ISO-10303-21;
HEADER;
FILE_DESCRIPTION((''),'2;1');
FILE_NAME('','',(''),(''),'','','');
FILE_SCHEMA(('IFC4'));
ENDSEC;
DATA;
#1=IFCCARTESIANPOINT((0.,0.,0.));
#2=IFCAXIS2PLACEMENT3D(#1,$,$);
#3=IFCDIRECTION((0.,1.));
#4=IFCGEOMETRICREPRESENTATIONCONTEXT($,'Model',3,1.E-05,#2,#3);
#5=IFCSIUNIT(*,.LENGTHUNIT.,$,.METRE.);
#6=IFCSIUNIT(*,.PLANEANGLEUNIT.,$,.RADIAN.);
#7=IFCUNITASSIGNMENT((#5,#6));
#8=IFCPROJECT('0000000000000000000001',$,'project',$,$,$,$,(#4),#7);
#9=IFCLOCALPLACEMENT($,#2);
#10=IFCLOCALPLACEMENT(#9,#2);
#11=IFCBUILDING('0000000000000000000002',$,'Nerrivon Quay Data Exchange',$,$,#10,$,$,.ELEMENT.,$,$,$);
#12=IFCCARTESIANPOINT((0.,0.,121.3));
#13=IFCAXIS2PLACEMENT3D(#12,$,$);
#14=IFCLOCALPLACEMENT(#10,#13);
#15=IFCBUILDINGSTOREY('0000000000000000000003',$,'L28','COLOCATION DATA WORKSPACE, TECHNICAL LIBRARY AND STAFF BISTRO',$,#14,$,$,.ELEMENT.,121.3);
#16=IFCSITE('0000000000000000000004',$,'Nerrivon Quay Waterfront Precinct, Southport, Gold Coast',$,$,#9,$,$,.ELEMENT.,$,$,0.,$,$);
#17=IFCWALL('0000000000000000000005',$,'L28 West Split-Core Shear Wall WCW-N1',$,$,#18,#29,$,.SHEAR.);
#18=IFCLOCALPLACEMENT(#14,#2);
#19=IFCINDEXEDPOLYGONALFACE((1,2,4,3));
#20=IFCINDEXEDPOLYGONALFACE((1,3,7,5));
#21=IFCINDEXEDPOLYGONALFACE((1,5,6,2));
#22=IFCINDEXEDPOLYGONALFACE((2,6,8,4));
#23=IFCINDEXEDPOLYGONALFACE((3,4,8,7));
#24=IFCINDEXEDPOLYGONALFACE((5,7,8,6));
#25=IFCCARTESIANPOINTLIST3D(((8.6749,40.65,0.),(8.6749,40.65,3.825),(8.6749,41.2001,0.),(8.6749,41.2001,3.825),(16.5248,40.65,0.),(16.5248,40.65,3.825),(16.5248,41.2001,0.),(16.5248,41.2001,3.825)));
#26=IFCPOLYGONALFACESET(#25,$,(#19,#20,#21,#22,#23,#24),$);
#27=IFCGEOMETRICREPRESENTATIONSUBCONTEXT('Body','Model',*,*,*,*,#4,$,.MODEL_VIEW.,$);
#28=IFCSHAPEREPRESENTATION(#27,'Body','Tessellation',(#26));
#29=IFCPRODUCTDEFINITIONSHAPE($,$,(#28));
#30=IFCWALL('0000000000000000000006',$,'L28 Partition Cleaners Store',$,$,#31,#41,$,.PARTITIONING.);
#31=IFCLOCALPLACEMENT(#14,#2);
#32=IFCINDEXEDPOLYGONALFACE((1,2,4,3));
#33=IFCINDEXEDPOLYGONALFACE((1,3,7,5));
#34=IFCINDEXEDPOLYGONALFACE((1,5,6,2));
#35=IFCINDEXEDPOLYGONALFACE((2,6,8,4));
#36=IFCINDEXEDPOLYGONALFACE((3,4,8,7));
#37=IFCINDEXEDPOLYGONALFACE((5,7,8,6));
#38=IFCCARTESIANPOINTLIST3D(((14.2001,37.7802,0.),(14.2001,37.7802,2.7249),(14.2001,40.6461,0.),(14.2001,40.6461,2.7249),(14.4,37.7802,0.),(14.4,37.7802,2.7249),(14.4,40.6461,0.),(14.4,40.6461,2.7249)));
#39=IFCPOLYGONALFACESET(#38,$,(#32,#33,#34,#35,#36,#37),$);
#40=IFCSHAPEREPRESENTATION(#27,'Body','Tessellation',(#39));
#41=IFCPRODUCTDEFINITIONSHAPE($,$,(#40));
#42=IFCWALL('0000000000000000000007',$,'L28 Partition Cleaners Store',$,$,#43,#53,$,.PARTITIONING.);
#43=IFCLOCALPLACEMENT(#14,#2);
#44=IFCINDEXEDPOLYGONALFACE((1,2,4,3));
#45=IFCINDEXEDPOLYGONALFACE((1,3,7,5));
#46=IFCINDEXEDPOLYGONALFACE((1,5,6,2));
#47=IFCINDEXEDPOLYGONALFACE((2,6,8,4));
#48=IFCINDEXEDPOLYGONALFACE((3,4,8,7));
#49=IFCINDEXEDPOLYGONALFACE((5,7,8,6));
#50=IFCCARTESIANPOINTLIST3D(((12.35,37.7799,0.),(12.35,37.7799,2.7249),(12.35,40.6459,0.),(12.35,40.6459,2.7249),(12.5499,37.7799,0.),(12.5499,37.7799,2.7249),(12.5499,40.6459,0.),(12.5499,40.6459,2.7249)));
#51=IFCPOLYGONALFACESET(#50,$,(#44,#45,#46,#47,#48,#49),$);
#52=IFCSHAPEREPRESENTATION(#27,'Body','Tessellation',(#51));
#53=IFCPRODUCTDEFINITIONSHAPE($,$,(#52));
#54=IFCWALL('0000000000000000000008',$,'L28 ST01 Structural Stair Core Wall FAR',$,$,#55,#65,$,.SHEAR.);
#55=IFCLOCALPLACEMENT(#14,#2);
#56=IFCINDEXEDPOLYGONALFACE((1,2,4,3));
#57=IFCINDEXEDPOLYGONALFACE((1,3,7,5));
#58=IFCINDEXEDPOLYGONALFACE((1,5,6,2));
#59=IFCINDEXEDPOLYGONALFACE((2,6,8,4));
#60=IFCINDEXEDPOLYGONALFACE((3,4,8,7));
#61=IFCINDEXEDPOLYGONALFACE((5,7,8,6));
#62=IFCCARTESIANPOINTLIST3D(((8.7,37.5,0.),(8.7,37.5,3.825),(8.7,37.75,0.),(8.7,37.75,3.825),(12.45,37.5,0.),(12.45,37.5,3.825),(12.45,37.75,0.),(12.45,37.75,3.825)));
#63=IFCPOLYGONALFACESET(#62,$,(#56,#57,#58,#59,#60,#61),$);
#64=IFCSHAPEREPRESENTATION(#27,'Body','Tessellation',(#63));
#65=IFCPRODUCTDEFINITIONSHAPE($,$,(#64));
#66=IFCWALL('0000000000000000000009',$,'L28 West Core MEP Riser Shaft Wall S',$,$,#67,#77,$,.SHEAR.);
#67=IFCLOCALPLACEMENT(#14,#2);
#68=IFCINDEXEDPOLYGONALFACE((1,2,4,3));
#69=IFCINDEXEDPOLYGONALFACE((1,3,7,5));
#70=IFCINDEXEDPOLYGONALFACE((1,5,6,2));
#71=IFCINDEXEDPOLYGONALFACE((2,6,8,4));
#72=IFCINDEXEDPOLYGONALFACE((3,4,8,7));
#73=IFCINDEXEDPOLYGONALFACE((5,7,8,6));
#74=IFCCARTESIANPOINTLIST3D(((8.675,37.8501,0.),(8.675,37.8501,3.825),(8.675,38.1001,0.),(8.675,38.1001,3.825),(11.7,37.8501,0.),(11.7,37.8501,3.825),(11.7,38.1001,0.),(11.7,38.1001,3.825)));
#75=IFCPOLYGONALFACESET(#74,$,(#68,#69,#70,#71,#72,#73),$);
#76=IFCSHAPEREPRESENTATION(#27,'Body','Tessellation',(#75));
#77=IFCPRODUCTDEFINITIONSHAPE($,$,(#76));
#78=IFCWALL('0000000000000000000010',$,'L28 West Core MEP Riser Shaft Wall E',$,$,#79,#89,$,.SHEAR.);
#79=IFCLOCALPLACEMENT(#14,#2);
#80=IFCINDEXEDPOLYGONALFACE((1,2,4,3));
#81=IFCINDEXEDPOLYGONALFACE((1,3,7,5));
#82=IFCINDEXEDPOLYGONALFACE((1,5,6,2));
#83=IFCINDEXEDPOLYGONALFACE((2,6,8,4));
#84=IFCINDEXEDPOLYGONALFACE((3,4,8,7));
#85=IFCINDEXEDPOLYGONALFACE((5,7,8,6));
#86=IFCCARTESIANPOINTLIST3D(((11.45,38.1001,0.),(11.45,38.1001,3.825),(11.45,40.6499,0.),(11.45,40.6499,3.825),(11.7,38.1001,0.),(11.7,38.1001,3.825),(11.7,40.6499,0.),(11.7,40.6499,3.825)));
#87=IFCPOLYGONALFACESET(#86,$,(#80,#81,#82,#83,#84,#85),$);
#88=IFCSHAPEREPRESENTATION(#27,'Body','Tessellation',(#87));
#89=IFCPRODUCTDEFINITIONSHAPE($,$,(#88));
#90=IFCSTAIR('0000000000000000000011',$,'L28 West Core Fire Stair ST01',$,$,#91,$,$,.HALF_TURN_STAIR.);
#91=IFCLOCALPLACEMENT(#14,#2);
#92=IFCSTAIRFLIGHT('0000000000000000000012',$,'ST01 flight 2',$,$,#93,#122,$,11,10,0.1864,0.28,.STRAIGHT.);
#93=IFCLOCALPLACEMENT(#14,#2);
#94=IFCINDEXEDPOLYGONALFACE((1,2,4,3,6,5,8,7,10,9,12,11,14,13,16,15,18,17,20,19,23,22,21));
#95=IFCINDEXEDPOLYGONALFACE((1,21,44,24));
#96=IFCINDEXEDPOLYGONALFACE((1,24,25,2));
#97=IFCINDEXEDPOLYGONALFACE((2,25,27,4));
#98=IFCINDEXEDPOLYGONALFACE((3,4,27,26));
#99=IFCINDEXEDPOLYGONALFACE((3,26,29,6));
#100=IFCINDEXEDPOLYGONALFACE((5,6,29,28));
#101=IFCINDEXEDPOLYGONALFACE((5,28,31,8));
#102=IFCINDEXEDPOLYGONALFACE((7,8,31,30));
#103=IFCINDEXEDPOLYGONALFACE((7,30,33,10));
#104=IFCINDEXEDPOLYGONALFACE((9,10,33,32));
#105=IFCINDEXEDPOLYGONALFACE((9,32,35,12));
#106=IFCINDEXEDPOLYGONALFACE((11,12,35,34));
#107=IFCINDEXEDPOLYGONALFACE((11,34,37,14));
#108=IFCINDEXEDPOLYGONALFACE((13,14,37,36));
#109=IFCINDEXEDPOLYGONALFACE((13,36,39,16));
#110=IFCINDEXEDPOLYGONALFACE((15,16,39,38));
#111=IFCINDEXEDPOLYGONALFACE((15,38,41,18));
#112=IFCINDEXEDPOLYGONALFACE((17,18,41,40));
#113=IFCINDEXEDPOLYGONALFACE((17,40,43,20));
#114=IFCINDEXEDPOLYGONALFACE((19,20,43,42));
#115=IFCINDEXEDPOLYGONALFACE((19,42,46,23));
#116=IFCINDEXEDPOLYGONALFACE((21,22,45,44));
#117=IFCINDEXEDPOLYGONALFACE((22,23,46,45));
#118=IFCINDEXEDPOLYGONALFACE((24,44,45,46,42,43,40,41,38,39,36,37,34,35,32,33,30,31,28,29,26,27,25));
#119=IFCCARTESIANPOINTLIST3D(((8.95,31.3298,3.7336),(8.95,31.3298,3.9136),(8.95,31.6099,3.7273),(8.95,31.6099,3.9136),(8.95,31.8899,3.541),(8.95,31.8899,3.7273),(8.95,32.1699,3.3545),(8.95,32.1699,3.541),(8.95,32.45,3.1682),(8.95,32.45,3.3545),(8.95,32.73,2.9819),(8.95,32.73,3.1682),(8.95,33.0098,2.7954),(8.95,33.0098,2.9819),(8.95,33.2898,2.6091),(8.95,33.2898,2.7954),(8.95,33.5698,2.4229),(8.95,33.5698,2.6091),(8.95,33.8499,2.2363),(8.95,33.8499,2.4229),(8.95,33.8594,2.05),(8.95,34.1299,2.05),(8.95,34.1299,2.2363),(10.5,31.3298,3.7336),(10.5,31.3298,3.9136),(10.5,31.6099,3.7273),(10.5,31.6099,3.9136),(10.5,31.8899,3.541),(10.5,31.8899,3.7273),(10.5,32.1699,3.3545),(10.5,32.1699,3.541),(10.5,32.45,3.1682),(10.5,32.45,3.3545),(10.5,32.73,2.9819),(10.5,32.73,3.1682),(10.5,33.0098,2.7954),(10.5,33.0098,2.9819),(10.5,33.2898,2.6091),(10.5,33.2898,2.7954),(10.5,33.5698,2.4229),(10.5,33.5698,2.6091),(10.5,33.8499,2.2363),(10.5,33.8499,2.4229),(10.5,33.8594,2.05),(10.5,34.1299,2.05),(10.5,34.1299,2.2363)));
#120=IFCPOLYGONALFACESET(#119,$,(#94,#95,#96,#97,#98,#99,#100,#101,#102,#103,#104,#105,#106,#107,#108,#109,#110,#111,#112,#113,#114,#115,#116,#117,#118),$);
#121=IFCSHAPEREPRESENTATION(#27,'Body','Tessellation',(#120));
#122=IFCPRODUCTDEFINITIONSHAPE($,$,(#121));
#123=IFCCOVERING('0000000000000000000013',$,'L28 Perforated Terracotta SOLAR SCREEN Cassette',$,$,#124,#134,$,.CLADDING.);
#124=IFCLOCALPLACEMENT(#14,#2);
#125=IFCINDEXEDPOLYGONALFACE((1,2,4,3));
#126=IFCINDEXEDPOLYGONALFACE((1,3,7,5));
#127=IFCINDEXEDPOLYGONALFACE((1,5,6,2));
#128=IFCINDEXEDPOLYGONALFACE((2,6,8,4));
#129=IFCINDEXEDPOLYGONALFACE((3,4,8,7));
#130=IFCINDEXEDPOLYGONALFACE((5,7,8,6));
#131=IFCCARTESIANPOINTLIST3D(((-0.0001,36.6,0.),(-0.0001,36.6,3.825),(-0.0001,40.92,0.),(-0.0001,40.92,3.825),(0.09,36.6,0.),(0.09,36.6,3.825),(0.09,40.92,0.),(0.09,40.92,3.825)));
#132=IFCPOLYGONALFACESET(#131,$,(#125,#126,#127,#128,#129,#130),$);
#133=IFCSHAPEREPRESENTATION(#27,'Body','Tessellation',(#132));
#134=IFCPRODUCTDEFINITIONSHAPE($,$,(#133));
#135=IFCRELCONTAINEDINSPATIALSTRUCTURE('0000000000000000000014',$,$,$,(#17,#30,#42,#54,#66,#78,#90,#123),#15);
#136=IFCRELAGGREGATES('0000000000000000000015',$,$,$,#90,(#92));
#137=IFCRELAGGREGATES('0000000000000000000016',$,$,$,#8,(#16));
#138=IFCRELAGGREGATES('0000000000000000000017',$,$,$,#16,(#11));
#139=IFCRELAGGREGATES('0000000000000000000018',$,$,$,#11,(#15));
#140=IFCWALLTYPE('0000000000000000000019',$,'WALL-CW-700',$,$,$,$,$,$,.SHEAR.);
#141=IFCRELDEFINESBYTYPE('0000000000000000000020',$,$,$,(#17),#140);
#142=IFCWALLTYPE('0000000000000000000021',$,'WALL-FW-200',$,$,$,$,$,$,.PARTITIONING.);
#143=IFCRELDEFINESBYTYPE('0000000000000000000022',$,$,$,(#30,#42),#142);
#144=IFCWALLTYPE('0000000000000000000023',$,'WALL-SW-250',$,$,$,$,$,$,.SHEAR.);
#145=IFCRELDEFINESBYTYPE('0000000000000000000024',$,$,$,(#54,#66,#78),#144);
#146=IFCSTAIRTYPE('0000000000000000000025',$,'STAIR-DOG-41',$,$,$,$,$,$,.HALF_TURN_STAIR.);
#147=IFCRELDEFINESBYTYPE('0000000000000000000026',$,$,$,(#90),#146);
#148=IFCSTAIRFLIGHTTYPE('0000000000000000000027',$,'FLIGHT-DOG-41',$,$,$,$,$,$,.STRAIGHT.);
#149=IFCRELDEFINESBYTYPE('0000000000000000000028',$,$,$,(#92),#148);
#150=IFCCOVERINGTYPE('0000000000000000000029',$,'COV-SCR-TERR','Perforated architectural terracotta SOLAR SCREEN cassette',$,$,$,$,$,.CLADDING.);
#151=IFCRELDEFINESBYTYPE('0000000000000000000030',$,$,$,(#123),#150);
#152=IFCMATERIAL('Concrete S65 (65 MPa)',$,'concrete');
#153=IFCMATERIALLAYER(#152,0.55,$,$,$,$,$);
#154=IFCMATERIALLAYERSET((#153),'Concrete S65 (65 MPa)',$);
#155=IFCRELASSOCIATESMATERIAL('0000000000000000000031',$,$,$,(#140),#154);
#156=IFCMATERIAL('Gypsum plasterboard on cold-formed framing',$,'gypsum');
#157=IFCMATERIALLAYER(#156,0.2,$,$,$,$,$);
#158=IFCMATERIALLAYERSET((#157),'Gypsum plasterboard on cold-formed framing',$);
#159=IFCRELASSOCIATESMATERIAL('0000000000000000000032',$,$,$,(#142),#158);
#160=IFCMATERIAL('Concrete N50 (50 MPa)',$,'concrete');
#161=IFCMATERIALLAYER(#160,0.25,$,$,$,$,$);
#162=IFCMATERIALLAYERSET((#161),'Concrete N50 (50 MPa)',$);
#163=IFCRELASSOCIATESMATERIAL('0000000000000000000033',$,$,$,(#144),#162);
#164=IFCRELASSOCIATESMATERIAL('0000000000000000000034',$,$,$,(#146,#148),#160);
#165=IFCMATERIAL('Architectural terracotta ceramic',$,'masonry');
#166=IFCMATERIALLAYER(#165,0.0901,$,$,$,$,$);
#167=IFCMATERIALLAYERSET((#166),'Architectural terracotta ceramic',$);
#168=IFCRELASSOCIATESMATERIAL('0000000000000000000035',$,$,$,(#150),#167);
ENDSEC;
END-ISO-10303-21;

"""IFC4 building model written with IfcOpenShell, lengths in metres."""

from ifc_helpers import new_model, si_unit, direction, frame, frame_2d, origin, origin_2d, place, context, subcontext, project, spatial, polyline, rectangle, outline, extrude, material, layer, layer_set, type_object, element, aggregate, save


model = new_model("IFC4")

# Units and contexts
model_context = context("Model", 3, precision=1e-05, world=origin(), true_north=direction((0.0, 1.0)))
body_context = subcontext(model_context, "Body", "Model", "MODEL_VIEW")
ifc_project = project(units=[si_unit("LENGTHUNIT", "METRE"), si_unit("PLANEANGLEUNIT", "RADIAN")], contexts=[model_context])

# Site, building, storey
site_placement = place(None, origin())
site = spatial("IfcSite", under=ifc_project, at=site_placement, Name="Nerrivon Quay Waterfront Precinct, Southport, Gold Coast", CompositionType="ELEMENT", RefElevation=0.0)
building_placement = place(site_placement, origin())
building = spatial("IfcBuilding", under=site, at=building_placement, Name="Nerrivon Quay Data Exchange", CompositionType="ELEMENT")
storey_placement = place(building_placement, frame((0.0, 0.0, 121.3)))
storey = spatial("IfcBuildingStorey", under=building, at=storey_placement, Name="L28", Description="COLOCATION DATA WORKSPACE, TECHNICAL LIBRARY AND STAFF BISTRO", CompositionType="ELEMENT", Elevation=121.3)

# Shared definitions
ifc_material_1 = material(Name="Concrete S65 (65 MPa)", Category="concrete")

# Walls
ifc_layer_1 = layer(ifc_material_1, 0.55)
ifc_layer_set_1 = layer_set([ifc_layer_1], Name="Concrete S65 (65 MPa)")
wall_type_1 = type_object("IfcWallType", Name="WALL-CW-700", PredefinedType="SHEAR", material=ifc_layer_set_1)
wall_1_placement = place(storey_placement, frame((8.675, 40.925, 0.0), z_axis=(0.0, 0.0, 1.0), x_axis=(1.0, 0.0, 0.0)))
element("IfcWall", 1, at=wall_1_placement, inside=storey, type_object=wall_type_1, Name="L28 West Split-Core Shear Wall WCW-N1", PredefinedType="SHEAR", context=body_context, shape_type="SweptSolid", body=[
    extrude(rectangle(XDim=7.8499, YDim=0.55, at=frame_2d((3.9248, 0.0))), origin(), (0.0, 0.0, 1.0), 3.825),
])
ifc_material_2 = material(Name="Gypsum plasterboard on cold-formed framing", Category="gypsum")
ifc_layer_2 = layer(ifc_material_2, 0.2)
ifc_layer_set_2 = layer_set([ifc_layer_2], Name="Gypsum plasterboard on cold-formed framing")
wall_type_2 = type_object("IfcWallType", Name="WALL-FW-200", PredefinedType="PARTITIONING", material=ifc_layer_set_2)
for number, where, z_axis, x_axis, name in (
    (2, (14.3, 37.78, 0.0), (0.0, 0.0, 1.0), (0.0, 1.0, 0.0), "L28 Partition Cleaners Store"),
    (3, (12.45, 40.646, 0.0), (0.0, 0.0, 1.0), (0.0, -1.0, 0.0), "L28 Partition Cleaners Store"),
):
    element("IfcWall", number, at=place(storey_placement, frame(where, z_axis=z_axis, x_axis=x_axis)), inside=storey, type_object=wall_type_2, Name=name, PredefinedType="PARTITIONING", context=body_context, shape_type="SweptSolid", body=[
        extrude(rectangle(XDim=2.866, YDim=0.2, at=frame_2d((1.4331, 0.0))), origin(), (0.0, 0.0, 1.0), 2.7249),
    ])
ifc_material_3 = material(Name="Concrete N50 (50 MPa)", Category="concrete")
ifc_layer_3 = layer(ifc_material_3, 0.25)
ifc_layer_set_3 = layer_set([ifc_layer_3], Name="Concrete N50 (50 MPa)")
wall_type_3 = type_object("IfcWallType", Name="WALL-SW-250", PredefinedType="SHEAR", material=ifc_layer_set_3)
wall_2_placement = place(storey_placement, frame((12.45, 37.625, 0.0), z_axis=(0.0, 0.0, 1.0), x_axis=(-1.0, 0.0, 0.0)))
element("IfcWall", 4, at=wall_2_placement, inside=storey, type_object=wall_type_3, Name="L28 ST01 Structural Stair Core Wall FAR", PredefinedType="SHEAR", context=body_context, shape_type="SweptSolid", body=[
    extrude(rectangle(XDim=3.75, YDim=0.25, at=frame_2d((1.875, 0.0))), origin(), (0.0, 0.0, 1.0), 3.825),
])
wall_3_placement = place(storey_placement, frame((8.675, 37.9751, 0.0), z_axis=(0.0, 0.0, 1.0), x_axis=(1.0, 0.0, 0.0)))
element("IfcWall", 5, at=wall_3_placement, inside=storey, type_object=wall_type_3, Name="L28 West Core MEP Riser Shaft Wall S", PredefinedType="SHEAR", context=body_context, shape_type="SweptSolid", body=[
    extrude(rectangle(XDim=3.0249, YDim=0.25, at=frame_2d((1.5125, 0.0))), origin(), (0.0, 0.0, 1.0), 3.825),
])
wall_4_placement = place(storey_placement, frame((11.575, 38.1001, 0.0), z_axis=(0.0, 0.0, 1.0), x_axis=(0.0, 1.0, 0.0)))
element("IfcWall", 6, at=wall_4_placement, inside=storey, type_object=wall_type_3, Name="L28 West Core MEP Riser Shaft Wall E", PredefinedType="SHEAR", context=body_context, shape_type="SweptSolid", body=[
    extrude(rectangle(XDim=2.5498, YDim=0.25, at=frame_2d((1.2749, 0.0))), origin(), (0.0, 0.0, 1.0), 3.825),
])

# Stair, stair flight
stair_type = type_object("IfcStairType", Name="STAIR-DOG-41", PredefinedType="HALF_TURN_STAIR", material=ifc_material_3)
stair_placement = place(storey_placement, origin())
stair = element("IfcStair", 7, at=stair_placement, inside=storey, type_object=stair_type, Name="L28 West Core Fire Stair ST01", PredefinedType="HALF_TURN_STAIR")
stair_flight_type = type_object("IfcStairFlightType", Name="FLIGHT-DOG-41", PredefinedType="STRAIGHT", material=ifc_material_3)
stair_flight_placement = place(storey_placement, frame((9.7251, 34.1299, 2.05), z_axis=(0.0, 0.0, 1.0), x_axis=(0.0, -1.0, 0.0)))
stair_flight = element("IfcStairFlight", 8, at=stair_flight_placement, type_object=stair_flight_type, Name="ST01 flight 2", NumberOfRisers=11, NumberOfTreads=10, PredefinedType="STRAIGHT", RiserHeight=0.1864, TreadLength=0.28, context=body_context, shape_type="SweptSolid", body=[
    extrude(outline(polyline([(0.0, 0.0), (0.0, 0.1863), (0.28, 0.1863), (0.28, 0.3728), (0.5601, 0.3728), (0.5601, 0.5591), (0.8401, 0.5591), (0.8401, 0.7454), (1.1201, 0.7454), (1.1201, 0.9319), (1.3999, 0.9319), (1.3999, 1.1182), (1.6799, 1.1182), (1.6799, 1.3044), (1.96, 1.3044), (1.96, 1.491), (2.24, 1.491), (2.24, 1.6772), (2.52, 1.6772), (2.52, 1.8635), (2.8, 1.8635), (2.8, 2.05), (2.8, 1.6836), (0.2705, 0.0), (0.0, 0.0)])), frame((0.0, 0.7749, 0.0), z_axis=(0.0, -1.0, 0.0), x_axis=(1.0, 0.0, 0.0)), (0.0, 0.0, 1.0), 1.55),
])
aggregate(stair, [stair_flight])

# Covering
ifc_material_4 = material(Name="Architectural terracotta ceramic", Category="masonry")
ifc_layer_4 = layer(ifc_material_4, 0.0901)
ifc_layer_set_4 = layer_set([ifc_layer_4], Name="Architectural terracotta ceramic")
covering_type = type_object("IfcCoveringType", Name="COV-SCR-TERR", Description="Perforated architectural terracotta SOLAR SCREEN cassette", PredefinedType="CLADDING", material=ifc_layer_set_4)
covering_placement = place(storey_placement, frame((0.0449, 38.76, 0.0), z_axis=(0.0, 0.0, 1.0), x_axis=(0.0, 1.0, 0.0)))
element("IfcCovering", 9, at=covering_placement, inside=storey, type_object=covering_type, Name="L28 Perforated Terracotta SOLAR SCREEN Cassette", PredefinedType="CLADDING", context=body_context, shape_type="SweptSolid", body=[
    extrude(rectangle(XDim=4.3201, YDim=0.0901, at=origin_2d()), origin(), (0.0, 0.0, 1.0), 3.825),
])

save(model, "model.ifc")
